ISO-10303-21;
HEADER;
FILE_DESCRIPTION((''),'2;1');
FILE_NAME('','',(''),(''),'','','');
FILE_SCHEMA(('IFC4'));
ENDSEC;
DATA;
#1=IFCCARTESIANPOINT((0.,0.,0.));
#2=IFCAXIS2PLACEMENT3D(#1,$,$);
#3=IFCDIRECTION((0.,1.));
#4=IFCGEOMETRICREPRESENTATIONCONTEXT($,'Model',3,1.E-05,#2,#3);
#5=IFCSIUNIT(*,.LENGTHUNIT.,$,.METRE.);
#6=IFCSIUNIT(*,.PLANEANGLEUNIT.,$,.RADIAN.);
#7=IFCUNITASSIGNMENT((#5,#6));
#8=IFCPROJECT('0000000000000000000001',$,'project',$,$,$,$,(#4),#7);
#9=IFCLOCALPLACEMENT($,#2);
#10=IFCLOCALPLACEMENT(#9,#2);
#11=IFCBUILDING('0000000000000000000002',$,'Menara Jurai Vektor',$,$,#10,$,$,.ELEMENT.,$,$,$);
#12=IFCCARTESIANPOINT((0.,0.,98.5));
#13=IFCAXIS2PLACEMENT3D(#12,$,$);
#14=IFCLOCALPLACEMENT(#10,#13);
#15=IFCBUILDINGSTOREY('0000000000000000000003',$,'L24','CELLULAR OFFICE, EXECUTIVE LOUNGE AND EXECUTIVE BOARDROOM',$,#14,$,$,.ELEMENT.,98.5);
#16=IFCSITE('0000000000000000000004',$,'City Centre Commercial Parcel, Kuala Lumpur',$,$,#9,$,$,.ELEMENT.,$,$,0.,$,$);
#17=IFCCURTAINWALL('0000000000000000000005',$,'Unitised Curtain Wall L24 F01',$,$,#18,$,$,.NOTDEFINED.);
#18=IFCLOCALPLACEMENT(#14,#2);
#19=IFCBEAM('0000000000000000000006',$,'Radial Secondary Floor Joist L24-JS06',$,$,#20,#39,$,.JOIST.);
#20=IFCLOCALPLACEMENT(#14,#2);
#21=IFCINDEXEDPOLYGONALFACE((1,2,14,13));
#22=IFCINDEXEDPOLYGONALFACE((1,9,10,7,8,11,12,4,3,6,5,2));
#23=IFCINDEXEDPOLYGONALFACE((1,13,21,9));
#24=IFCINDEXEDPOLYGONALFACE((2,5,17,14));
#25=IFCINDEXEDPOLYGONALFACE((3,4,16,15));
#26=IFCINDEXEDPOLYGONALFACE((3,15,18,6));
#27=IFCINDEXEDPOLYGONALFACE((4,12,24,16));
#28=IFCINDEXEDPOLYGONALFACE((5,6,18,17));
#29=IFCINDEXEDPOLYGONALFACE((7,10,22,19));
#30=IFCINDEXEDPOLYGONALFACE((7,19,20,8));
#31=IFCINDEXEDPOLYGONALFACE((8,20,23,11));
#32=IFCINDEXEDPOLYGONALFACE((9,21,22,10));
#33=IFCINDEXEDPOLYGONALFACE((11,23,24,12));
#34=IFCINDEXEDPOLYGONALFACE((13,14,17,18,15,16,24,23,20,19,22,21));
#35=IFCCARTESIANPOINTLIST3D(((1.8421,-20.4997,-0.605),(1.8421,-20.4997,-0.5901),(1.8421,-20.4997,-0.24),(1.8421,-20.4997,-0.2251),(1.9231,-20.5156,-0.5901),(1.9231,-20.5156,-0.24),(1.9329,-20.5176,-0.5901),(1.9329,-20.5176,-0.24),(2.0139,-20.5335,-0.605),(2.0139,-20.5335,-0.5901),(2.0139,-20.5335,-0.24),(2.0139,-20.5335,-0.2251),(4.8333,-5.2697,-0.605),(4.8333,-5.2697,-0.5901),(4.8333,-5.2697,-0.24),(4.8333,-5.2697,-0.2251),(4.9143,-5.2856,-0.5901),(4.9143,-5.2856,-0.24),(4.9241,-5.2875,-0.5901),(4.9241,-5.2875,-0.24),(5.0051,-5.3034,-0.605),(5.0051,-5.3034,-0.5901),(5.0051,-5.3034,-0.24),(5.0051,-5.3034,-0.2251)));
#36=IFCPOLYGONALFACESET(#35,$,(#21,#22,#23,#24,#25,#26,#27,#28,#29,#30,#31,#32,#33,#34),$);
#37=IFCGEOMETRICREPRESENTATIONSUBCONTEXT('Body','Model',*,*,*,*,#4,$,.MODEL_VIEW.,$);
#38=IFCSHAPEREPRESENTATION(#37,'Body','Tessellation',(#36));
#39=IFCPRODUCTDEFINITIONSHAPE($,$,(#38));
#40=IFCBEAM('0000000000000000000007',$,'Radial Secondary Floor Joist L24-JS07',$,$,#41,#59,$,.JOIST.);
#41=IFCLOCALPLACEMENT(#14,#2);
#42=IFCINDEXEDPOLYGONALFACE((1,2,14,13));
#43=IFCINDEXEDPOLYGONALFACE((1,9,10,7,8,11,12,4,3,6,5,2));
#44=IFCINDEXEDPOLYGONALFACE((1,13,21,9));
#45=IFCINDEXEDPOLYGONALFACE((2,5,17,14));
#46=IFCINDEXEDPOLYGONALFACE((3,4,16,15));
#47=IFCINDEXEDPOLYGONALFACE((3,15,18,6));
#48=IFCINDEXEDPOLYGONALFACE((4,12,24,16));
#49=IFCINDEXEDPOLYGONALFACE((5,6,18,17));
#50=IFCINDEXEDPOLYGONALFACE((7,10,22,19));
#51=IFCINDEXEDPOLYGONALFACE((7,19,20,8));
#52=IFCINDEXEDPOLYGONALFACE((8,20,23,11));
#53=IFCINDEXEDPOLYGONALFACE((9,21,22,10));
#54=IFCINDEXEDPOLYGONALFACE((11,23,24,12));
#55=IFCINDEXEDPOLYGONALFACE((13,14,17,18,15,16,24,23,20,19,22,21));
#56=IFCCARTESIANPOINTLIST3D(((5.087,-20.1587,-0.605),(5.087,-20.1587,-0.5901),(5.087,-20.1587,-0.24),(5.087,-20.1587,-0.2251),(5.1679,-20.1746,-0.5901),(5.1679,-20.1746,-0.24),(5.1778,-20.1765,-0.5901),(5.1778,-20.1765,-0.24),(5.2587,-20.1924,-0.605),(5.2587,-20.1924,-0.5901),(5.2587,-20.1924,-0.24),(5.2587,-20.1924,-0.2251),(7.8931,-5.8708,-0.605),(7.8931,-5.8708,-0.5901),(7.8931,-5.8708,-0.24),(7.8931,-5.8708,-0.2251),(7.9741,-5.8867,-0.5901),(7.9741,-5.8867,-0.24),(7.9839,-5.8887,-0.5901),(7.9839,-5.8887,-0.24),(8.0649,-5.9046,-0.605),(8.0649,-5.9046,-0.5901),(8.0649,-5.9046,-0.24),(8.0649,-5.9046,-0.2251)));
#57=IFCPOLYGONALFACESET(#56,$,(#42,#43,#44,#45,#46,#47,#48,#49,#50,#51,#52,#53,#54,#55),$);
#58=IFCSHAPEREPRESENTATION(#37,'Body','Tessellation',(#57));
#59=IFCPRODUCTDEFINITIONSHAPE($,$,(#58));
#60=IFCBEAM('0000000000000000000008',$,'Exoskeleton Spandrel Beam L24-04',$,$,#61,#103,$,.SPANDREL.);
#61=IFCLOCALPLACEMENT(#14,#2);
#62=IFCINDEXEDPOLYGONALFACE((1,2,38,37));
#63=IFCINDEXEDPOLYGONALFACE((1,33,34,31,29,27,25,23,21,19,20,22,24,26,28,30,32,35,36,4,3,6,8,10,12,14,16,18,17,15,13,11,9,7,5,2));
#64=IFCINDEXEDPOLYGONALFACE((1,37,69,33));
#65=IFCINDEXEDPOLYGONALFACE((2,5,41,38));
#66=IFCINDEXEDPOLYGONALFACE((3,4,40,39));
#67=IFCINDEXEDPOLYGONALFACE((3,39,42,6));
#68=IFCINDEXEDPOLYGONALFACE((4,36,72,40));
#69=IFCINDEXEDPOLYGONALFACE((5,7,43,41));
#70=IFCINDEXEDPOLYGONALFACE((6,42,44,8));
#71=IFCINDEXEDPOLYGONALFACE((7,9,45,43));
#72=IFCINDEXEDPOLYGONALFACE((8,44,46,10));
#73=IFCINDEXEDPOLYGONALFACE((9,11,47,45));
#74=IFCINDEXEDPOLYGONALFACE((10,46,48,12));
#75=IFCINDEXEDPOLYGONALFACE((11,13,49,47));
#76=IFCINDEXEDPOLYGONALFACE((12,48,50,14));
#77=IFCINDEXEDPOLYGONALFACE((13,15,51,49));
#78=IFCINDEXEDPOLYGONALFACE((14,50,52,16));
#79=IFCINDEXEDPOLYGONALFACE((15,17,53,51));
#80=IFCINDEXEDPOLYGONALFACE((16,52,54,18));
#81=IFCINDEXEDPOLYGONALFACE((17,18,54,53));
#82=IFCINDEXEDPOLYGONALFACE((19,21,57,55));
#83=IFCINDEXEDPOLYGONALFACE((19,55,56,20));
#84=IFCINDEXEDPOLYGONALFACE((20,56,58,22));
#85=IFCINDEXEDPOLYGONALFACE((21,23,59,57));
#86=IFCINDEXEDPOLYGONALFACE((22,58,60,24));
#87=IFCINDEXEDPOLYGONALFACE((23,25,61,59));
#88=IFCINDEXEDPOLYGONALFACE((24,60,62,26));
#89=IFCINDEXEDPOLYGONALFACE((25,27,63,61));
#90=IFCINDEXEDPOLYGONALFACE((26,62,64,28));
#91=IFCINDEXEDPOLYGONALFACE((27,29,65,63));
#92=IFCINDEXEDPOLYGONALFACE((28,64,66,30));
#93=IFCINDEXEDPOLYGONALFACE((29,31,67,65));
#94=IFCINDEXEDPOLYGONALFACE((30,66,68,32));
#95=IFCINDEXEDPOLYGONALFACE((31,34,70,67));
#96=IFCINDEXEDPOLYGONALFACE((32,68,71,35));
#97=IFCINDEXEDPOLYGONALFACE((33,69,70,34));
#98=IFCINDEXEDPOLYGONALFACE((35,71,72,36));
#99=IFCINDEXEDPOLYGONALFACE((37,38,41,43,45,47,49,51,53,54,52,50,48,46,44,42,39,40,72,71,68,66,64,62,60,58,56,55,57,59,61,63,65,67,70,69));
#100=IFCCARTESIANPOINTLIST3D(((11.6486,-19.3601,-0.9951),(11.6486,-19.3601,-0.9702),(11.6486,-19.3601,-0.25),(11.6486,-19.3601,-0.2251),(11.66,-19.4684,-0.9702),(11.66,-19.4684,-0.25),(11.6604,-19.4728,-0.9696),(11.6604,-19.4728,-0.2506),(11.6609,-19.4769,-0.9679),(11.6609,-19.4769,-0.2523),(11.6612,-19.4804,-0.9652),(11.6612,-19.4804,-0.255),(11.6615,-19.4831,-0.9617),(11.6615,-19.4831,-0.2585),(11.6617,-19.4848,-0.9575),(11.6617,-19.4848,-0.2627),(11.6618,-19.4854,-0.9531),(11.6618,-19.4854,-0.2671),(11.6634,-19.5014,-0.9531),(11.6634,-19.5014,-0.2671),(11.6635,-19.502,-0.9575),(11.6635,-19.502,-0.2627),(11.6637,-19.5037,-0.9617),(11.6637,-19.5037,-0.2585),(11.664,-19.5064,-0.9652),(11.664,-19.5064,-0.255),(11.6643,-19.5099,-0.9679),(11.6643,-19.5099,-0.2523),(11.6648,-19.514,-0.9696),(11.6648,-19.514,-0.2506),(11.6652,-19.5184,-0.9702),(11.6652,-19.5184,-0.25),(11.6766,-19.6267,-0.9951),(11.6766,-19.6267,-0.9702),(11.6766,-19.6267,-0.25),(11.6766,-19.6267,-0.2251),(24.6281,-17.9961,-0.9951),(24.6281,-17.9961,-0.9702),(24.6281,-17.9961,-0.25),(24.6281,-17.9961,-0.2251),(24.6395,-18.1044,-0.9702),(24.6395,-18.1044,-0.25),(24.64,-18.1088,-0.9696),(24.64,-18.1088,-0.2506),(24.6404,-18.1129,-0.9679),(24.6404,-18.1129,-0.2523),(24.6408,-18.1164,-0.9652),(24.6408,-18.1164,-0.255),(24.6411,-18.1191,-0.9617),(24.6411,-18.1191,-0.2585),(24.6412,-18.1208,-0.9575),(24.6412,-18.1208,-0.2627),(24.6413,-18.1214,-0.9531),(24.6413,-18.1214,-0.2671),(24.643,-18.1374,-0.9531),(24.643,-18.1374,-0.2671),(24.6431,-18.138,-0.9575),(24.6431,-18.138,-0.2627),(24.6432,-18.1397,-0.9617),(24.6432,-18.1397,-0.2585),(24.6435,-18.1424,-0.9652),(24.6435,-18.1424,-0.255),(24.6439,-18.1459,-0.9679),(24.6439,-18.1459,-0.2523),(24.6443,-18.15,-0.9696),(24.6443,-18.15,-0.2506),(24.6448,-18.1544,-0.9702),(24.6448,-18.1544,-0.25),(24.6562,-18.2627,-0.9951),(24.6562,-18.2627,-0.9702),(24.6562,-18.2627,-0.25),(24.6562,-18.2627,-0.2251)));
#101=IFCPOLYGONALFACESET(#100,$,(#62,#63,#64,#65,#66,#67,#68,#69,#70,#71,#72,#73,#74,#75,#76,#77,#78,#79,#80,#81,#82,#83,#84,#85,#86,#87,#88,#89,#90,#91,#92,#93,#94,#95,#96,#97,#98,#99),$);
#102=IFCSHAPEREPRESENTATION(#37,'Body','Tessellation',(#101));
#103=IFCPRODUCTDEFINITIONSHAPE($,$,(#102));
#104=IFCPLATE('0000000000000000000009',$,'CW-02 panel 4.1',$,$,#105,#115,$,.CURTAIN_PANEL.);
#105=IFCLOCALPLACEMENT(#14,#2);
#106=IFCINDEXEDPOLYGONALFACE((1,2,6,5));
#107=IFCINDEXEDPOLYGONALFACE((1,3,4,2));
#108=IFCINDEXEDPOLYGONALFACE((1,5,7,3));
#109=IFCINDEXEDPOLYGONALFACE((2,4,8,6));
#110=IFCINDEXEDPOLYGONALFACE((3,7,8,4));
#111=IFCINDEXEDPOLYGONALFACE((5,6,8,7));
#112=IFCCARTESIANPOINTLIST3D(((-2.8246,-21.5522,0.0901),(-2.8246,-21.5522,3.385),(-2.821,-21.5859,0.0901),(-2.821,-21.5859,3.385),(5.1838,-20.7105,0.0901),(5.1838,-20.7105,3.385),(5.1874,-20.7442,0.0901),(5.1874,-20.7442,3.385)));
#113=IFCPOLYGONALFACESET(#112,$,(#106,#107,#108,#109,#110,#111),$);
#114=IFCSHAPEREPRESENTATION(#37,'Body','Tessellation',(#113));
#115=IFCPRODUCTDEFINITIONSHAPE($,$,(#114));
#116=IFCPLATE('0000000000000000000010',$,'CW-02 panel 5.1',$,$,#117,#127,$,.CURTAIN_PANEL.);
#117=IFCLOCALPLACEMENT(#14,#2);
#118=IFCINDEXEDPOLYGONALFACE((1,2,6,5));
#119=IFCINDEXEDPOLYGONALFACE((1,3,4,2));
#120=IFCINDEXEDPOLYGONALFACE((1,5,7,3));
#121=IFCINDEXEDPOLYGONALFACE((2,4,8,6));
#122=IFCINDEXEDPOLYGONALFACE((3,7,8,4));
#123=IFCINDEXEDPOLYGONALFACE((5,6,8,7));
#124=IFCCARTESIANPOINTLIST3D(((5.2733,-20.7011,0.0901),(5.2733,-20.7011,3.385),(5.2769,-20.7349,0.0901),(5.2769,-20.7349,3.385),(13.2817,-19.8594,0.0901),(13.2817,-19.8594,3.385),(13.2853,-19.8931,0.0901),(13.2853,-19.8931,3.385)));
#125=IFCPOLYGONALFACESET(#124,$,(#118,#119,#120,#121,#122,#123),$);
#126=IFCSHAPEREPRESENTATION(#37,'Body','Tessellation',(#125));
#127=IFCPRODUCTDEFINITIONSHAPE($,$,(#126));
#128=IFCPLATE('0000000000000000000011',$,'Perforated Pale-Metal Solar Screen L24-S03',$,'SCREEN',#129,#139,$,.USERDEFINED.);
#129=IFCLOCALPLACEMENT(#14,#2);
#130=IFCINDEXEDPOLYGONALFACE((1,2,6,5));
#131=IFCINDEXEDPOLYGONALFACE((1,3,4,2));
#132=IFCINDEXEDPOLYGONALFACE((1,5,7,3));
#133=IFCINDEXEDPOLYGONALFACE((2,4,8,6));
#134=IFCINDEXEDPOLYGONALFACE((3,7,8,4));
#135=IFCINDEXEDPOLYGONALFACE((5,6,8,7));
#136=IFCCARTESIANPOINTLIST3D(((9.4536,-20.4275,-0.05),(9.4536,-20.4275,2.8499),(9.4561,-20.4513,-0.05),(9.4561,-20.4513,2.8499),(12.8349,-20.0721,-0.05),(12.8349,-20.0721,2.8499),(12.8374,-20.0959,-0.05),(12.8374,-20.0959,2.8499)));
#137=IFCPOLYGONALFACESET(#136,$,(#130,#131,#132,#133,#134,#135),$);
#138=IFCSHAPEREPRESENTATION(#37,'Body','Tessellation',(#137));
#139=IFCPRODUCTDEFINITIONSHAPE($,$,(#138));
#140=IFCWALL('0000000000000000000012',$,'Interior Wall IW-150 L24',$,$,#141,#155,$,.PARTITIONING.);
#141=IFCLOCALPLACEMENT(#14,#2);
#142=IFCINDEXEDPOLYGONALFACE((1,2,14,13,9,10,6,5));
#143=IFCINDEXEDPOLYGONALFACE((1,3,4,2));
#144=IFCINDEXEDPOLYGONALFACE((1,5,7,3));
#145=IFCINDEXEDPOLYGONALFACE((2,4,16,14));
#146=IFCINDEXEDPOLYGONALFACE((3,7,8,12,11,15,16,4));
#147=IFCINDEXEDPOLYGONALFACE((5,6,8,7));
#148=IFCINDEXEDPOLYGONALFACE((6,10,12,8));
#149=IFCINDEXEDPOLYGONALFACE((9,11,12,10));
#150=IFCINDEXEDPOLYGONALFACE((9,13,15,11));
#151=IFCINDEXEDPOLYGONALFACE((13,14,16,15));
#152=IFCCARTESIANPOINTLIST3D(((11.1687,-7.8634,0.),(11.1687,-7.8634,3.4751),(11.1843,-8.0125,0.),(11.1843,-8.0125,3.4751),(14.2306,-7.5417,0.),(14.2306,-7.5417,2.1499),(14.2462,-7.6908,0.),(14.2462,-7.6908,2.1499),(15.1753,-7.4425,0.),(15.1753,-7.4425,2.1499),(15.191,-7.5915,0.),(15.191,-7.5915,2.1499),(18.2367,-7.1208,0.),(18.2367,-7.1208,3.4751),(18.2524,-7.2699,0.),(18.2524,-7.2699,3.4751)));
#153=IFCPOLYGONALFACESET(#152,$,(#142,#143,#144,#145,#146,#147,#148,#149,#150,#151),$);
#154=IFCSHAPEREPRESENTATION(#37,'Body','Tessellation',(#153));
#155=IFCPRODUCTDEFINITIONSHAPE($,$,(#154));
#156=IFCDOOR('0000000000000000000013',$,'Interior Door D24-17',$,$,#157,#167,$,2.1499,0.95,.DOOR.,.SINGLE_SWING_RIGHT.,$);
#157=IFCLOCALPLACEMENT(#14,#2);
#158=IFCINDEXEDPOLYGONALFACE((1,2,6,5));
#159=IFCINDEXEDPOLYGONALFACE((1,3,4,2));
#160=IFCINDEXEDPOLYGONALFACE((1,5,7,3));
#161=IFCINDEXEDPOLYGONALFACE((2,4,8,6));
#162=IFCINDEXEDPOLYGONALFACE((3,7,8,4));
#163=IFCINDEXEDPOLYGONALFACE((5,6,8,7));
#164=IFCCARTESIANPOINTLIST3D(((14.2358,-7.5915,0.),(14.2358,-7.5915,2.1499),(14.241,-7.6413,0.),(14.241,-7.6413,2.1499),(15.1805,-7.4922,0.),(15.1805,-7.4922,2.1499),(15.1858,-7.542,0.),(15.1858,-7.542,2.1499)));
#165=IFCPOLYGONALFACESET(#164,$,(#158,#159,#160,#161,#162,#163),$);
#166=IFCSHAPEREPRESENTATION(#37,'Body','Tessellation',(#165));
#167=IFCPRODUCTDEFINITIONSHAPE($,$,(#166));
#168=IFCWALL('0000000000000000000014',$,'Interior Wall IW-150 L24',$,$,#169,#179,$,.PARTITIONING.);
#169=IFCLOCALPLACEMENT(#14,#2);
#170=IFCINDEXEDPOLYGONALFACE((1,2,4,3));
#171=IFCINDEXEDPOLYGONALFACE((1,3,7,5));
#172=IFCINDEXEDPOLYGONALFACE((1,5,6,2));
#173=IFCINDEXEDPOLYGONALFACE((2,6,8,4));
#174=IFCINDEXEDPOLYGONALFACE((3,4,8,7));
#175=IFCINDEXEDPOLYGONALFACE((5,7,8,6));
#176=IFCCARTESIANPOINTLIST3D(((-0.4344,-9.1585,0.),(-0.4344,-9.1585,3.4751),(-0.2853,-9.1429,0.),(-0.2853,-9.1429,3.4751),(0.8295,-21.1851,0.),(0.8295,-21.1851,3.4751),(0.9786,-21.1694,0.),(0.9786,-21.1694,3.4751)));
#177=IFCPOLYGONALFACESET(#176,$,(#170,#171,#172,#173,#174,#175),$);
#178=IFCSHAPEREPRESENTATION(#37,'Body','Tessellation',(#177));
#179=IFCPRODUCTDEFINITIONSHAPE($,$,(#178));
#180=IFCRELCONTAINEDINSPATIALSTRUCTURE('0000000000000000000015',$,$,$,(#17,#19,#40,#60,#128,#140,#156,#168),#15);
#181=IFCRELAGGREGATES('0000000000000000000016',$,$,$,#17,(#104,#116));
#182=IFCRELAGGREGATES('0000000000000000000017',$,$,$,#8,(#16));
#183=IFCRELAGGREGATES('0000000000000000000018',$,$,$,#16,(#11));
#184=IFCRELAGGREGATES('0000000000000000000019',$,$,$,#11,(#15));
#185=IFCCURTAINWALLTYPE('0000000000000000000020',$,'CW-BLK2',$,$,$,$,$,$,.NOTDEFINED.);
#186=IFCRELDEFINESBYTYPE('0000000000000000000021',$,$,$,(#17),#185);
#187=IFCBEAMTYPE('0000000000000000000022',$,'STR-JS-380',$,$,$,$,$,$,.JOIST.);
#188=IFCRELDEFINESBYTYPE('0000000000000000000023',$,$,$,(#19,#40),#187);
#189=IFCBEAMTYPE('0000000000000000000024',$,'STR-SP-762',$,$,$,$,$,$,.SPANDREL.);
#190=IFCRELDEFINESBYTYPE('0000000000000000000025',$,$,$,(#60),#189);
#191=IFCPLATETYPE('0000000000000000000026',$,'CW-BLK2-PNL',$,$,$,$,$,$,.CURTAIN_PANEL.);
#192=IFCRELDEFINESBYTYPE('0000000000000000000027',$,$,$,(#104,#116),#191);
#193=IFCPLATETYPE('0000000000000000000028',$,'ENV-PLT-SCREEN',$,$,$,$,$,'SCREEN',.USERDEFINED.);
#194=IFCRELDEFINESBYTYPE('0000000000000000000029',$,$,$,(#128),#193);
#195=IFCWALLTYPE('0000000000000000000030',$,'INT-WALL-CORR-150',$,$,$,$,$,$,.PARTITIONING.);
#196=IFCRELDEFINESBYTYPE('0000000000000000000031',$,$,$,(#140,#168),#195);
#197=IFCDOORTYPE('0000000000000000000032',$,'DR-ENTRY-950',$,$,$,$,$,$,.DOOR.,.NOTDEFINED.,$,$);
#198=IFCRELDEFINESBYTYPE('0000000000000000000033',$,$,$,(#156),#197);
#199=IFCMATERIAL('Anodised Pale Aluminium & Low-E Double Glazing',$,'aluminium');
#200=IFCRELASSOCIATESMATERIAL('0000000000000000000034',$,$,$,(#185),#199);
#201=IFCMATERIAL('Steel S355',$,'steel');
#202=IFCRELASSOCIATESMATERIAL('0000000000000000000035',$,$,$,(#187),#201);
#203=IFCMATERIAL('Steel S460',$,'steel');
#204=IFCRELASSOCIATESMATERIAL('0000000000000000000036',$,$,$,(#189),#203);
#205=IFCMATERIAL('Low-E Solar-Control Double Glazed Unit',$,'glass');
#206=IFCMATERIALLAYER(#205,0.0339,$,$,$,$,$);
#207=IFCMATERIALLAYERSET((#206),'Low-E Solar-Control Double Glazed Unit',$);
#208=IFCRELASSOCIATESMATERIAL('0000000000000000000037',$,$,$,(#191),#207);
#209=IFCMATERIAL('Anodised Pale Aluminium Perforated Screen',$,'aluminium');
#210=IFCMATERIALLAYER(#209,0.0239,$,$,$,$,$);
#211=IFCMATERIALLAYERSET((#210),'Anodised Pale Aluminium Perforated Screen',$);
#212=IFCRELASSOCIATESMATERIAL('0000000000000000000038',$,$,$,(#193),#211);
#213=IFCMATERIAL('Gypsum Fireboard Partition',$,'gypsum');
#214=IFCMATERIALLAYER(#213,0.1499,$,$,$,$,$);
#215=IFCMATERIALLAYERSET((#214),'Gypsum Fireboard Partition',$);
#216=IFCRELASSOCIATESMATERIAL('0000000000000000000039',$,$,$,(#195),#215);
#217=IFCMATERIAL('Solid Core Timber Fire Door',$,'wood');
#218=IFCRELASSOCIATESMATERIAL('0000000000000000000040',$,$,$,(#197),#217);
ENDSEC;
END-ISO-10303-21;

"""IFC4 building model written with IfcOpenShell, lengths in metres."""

from ifc_helpers import new_model, si_unit, direction, frame, frame_2d, origin, origin_2d, place, context, subcontext, project, spatial, rectangle, i_section, extrude, material, layer, layer_set, material_profile, profile_set, type_object, element, fill, aggregate, save


model = new_model("IFC4")

# Units and contexts
model_context = context("Model", 3, precision=1e-05, world=origin(), true_north=direction((0.0, 1.0)))
body_context = subcontext(model_context, "Body", "Model", "MODEL_VIEW")
ifc_project = project(units=[si_unit("LENGTHUNIT", "METRE"), si_unit("PLANEANGLEUNIT", "RADIAN")], contexts=[model_context])

# Site, building, storey
site_placement = place(None, origin())
site = spatial("IfcSite", under=ifc_project, at=site_placement, Name="City Centre Commercial Parcel, Kuala Lumpur", CompositionType="ELEMENT", RefElevation=0.0)
building_placement = place(site_placement, origin())
building = spatial("IfcBuilding", under=site, at=building_placement, Name="Menara Jurai Vektor", CompositionType="ELEMENT")
storey_placement = place(building_placement, frame((0.0, 0.0, 98.5)))
storey = spatial("IfcBuildingStorey", under=building, at=storey_placement, Name="L24", Description="CELLULAR OFFICE, EXECUTIVE LOUNGE AND EXECUTIVE BOARDROOM", CompositionType="ELEMENT", Elevation=98.5)

# Shared definitions
ifc_material_1 = material(Name="Steel S460", Category="steel")

# Curtain wall
ifc_material_2 = material(Name="Anodised Pale Aluminium & Low-E Double Glazing", Category="aluminium")
curtain_wall_type = type_object("IfcCurtainWallType", Name="CW-BLK2", PredefinedType="NOTDEFINED", material=ifc_material_2)
curtain_wall_placement = place(storey_placement, origin())
curtain_wall = element("IfcCurtainWall", 1, at=curtain_wall_placement, inside=storey, type_object=curtain_wall_type, Name="Unitised Curtain Wall L24 F01", PredefinedType="NOTDEFINED")

# Beams
ifc_material_3 = material(Name="Steel S355", Category="steel")
ifc_material_profile_1 = material_profile(ifc_material_3, i_section(OverallWidth=0.175, OverallDepth=0.3799, WebThickness=0.01, FlangeThickness=0.0149, at=origin_2d()), Name="PG 380x175x58")
ifc_profile_set_1 = profile_set([ifc_material_profile_1], Name="Steel S355")
beam_type_1 = type_object("IfcBeamType", Name="STR-JS-380", PredefinedType="JOIST", material=ifc_profile_set_1)
beam_1_placement = place(storey_placement, frame((1.928, -20.5166, -0.415), z_axis=(0.192721, 0.981254, 0.0), x_axis=(-0.981254, 0.192721, 0.0)))
element("IfcBeam", 2, at=beam_1_placement, inside=storey, type_object=beam_type_1, Name="Radial Secondary Floor Joist L24-JS06", PredefinedType="JOIST", context=body_context, shape_type="SweptSolid", body=[
    extrude(i_section(OverallWidth=0.175, OverallDepth=0.3799, WebThickness=0.01, FlangeThickness=0.0149, at=origin_2d()), origin(), (0.0, 0.0, 1.0), 15.521),
])
beam_2_placement = place(storey_placement, frame((5.1729, -20.1755, -0.415), z_axis=(0.19272, 0.981254, 0.0), x_axis=(-0.981254, 0.19272, 0.0)))
element("IfcBeam", 3, at=beam_2_placement, inside=storey, type_object=beam_type_1, Name="Radial Secondary Floor Joist L24-JS07", PredefinedType="JOIST", context=body_context, shape_type="SweptSolid", body=[
    extrude(i_section(OverallWidth=0.175, OverallDepth=0.3799, WebThickness=0.01, FlangeThickness=0.0149, at=origin_2d()), origin(), (0.0, 0.0, 1.0), 14.5608),
])
ifc_material_profile_2 = material_profile(ifc_material_1, i_section(OverallWidth=0.2681, OverallDepth=0.77, WebThickness=0.0161, FlangeThickness=0.0249, FilletRadius=0.0171, at=origin_2d()), Name="UKB 762x267x197")
ifc_profile_set_2 = profile_set([ifc_material_profile_2], Name="Steel S460")
beam_type_2 = type_object("IfcBeamType", Name="STR-SP-762", PredefinedType="SPANDREL", material=ifc_profile_set_2)
beam_3_placement = place(storey_placement, frame((11.6626, -19.4934, -0.6101), z_axis=(0.994523, 0.104514, 0.0), x_axis=(-0.104514, 0.994523, 0.0)))
element("IfcBeam", 4, at=beam_3_placement, inside=storey, type_object=beam_type_2, Name="Exoskeleton Spandrel Beam L24-04", PredefinedType="SPANDREL", context=body_context, shape_type="SweptSolid", body=[
    extrude(i_section(OverallWidth=0.2681, OverallDepth=0.77, WebThickness=0.0161, FlangeThickness=0.0249, FilletRadius=0.0171, at=origin_2d()), origin(), (0.0, 0.0, 1.0), 13.051),
])

# Plates
ifc_material_4 = material(Name="Low-E Solar-Control Double Glazed Unit", Category="glass")
ifc_layer_1 = layer(ifc_material_4, 0.0339)
ifc_layer_set_1 = layer_set([ifc_layer_1], Name="Low-E Solar-Control Double Glazed Unit")
plate_type_1 = type_object("IfcPlateType", Name="CW-BLK2-PNL", PredefinedType="CURTAIN_PANEL", material=ifc_layer_set_1)
plate_1_placement = place(storey_placement, frame((1.1814, -21.1482, 0.0901), z_axis=(0.0, 0.0, 1.0), x_axis=(0.994522, 0.104529, 0.0)))
plate_1 = element("IfcPlate", 5, at=plate_1_placement, type_object=plate_type_1, Name="CW-02 panel 4.1", PredefinedType="CURTAIN_PANEL", context=body_context, shape_type="SweptSolid", body=[
    extrude(rectangle(XDim=8.0525, YDim=0.0339, at=origin_2d()), origin(), (0.0, 0.0, 1.0), 3.2949),
])
plate_2_placement = place(storey_placement, frame((9.2793, -20.2971, 0.0901), z_axis=(0.0, 0.0, 1.0), x_axis=(0.994522, 0.104529, 0.0)))
plate_2 = element("IfcPlate", 6, at=plate_2_placement, type_object=plate_type_1, Name="CW-02 panel 5.1", PredefinedType="CURTAIN_PANEL", context=body_context, shape_type="SweptSolid", body=[
    extrude(rectangle(XDim=8.0525, YDim=0.0339, at=origin_2d()), origin(), (0.0, 0.0, 1.0), 3.2949),
])
aggregate(curtain_wall, [plate_1, plate_2])
ifc_material_5 = material(Name="Anodised Pale Aluminium Perforated Screen", Category="aluminium")
ifc_layer_2 = layer(ifc_material_5, 0.0239)
ifc_layer_set_2 = layer_set([ifc_layer_2], Name="Anodised Pale Aluminium Perforated Screen")
plate_type_2 = type_object("IfcPlateType", Name="ENV-PLT-SCREEN", ElementType="SCREEN", PredefinedType="USERDEFINED", material=ifc_layer_set_2)
plate_3_placement = place(storey_placement, frame((11.1455, -20.2617, -0.05), z_axis=(0.0, 0.0, 1.0), x_axis=(0.994522, 0.104528, 0.0)))
element("IfcPlate", 7, at=plate_3_placement, inside=storey, type_object=plate_type_2, Name="Perforated Pale-Metal Solar Screen L24-S03", ObjectType="SCREEN", PredefinedType="USERDEFINED", context=body_context, shape_type="SweptSolid", body=[
    extrude(rectangle(XDim=3.3999, YDim=0.0239, at=origin_2d()), origin(), (0.0, 0.0, 1.0), 2.8999),
])

# Wall, opening, door
ifc_material_6 = material(Name="Gypsum Fireboard Partition", Category="gypsum")
ifc_layer_3 = layer(ifc_material_6, 0.1499)
ifc_layer_set_3 = layer_set([ifc_layer_3], Name="Gypsum Fireboard Partition")
wall_type_1 = type_object("IfcWallType", Name="INT-WALL-CORR-150", PredefinedType="PARTITIONING", material=ifc_layer_set_3)
wall_1_placement = place(storey_placement, frame((11.1765, -7.938, 0.0), z_axis=(0.0, 0.0, 1.0), x_axis=(0.994525, 0.104499, 0.0)))
wall_1 = element("IfcWall", 8, at=wall_1_placement, inside=storey, type_object=wall_type_1, Name="Interior Wall IW-150 L24", PredefinedType="PARTITIONING", context=body_context, shape_type="SweptSolid", body=[
    extrude(rectangle(XDim=7.1069, YDim=0.1499, at=frame_2d((3.5535, 0.0))), origin(), (0.0, 0.0, 1.0), 3.4751),
])
opening_placement = place(wall_1_placement, frame((3.0786, 0.0, 0.0)))
opening = element("IfcOpeningElement", 9, at=opening_placement, cuts=wall_1, PredefinedType="OPENING", context=body_context, shape_type="SweptSolid", body=[
    extrude(rectangle(XDim=0.95, YDim=2.1499, at=frame_2d((0.4751, 1.075))), frame((0.0, 0.085, 0.0), z_axis=(0.0, -1.0, 0.0), x_axis=(1.0, 0.0, 0.0)), (0.0, 0.0, 1.0), 0.1699),
])
ifc_material_7 = material(Name="Solid Core Timber Fire Door", Category="wood")
door_type = type_object("IfcDoorType", Name="DR-ENTRY-950", OperationType="NOTDEFINED", PredefinedType="DOOR", material=ifc_material_7)
door_placement = place(opening_placement, origin())
door = element("IfcDoor", 10, at=door_placement, inside=storey, type_object=door_type, Name="Interior Door D24-17", OperationType="SINGLE_SWING_RIGHT", OverallHeight=2.1499, OverallWidth=0.95, PredefinedType="DOOR", context=body_context, shape_type="SweptSolid", body=[
    extrude(rectangle(XDim=0.95, YDim=2.1499, at=frame_2d((0.4751, 1.075))), frame((0.0, 0.0249, 0.0), z_axis=(0.0, -1.0, 0.0), x_axis=(1.0, 0.0, 0.0)), (0.0, 0.0, 1.0), 0.05),
])
fill(opening, door)

# Wall
wall_2_placement = place(storey_placement, frame((0.9041, -21.1772, 0.0), z_axis=(0.0, 0.0, 1.0), x_axis=(-0.104518, 0.994523, 0.0)))
element("IfcWall", 11, at=wall_2_placement, inside=storey, type_object=wall_type_1, Name="Interior Wall IW-150 L24", PredefinedType="PARTITIONING", context=body_context, shape_type="SweptSolid", body=[
    extrude(rectangle(XDim=12.0928, YDim=0.1499, at=frame_2d((6.0464, 0.0))), origin(), (0.0, 0.0, 1.0), 3.4751),
])

save(model, "model.ifc")
